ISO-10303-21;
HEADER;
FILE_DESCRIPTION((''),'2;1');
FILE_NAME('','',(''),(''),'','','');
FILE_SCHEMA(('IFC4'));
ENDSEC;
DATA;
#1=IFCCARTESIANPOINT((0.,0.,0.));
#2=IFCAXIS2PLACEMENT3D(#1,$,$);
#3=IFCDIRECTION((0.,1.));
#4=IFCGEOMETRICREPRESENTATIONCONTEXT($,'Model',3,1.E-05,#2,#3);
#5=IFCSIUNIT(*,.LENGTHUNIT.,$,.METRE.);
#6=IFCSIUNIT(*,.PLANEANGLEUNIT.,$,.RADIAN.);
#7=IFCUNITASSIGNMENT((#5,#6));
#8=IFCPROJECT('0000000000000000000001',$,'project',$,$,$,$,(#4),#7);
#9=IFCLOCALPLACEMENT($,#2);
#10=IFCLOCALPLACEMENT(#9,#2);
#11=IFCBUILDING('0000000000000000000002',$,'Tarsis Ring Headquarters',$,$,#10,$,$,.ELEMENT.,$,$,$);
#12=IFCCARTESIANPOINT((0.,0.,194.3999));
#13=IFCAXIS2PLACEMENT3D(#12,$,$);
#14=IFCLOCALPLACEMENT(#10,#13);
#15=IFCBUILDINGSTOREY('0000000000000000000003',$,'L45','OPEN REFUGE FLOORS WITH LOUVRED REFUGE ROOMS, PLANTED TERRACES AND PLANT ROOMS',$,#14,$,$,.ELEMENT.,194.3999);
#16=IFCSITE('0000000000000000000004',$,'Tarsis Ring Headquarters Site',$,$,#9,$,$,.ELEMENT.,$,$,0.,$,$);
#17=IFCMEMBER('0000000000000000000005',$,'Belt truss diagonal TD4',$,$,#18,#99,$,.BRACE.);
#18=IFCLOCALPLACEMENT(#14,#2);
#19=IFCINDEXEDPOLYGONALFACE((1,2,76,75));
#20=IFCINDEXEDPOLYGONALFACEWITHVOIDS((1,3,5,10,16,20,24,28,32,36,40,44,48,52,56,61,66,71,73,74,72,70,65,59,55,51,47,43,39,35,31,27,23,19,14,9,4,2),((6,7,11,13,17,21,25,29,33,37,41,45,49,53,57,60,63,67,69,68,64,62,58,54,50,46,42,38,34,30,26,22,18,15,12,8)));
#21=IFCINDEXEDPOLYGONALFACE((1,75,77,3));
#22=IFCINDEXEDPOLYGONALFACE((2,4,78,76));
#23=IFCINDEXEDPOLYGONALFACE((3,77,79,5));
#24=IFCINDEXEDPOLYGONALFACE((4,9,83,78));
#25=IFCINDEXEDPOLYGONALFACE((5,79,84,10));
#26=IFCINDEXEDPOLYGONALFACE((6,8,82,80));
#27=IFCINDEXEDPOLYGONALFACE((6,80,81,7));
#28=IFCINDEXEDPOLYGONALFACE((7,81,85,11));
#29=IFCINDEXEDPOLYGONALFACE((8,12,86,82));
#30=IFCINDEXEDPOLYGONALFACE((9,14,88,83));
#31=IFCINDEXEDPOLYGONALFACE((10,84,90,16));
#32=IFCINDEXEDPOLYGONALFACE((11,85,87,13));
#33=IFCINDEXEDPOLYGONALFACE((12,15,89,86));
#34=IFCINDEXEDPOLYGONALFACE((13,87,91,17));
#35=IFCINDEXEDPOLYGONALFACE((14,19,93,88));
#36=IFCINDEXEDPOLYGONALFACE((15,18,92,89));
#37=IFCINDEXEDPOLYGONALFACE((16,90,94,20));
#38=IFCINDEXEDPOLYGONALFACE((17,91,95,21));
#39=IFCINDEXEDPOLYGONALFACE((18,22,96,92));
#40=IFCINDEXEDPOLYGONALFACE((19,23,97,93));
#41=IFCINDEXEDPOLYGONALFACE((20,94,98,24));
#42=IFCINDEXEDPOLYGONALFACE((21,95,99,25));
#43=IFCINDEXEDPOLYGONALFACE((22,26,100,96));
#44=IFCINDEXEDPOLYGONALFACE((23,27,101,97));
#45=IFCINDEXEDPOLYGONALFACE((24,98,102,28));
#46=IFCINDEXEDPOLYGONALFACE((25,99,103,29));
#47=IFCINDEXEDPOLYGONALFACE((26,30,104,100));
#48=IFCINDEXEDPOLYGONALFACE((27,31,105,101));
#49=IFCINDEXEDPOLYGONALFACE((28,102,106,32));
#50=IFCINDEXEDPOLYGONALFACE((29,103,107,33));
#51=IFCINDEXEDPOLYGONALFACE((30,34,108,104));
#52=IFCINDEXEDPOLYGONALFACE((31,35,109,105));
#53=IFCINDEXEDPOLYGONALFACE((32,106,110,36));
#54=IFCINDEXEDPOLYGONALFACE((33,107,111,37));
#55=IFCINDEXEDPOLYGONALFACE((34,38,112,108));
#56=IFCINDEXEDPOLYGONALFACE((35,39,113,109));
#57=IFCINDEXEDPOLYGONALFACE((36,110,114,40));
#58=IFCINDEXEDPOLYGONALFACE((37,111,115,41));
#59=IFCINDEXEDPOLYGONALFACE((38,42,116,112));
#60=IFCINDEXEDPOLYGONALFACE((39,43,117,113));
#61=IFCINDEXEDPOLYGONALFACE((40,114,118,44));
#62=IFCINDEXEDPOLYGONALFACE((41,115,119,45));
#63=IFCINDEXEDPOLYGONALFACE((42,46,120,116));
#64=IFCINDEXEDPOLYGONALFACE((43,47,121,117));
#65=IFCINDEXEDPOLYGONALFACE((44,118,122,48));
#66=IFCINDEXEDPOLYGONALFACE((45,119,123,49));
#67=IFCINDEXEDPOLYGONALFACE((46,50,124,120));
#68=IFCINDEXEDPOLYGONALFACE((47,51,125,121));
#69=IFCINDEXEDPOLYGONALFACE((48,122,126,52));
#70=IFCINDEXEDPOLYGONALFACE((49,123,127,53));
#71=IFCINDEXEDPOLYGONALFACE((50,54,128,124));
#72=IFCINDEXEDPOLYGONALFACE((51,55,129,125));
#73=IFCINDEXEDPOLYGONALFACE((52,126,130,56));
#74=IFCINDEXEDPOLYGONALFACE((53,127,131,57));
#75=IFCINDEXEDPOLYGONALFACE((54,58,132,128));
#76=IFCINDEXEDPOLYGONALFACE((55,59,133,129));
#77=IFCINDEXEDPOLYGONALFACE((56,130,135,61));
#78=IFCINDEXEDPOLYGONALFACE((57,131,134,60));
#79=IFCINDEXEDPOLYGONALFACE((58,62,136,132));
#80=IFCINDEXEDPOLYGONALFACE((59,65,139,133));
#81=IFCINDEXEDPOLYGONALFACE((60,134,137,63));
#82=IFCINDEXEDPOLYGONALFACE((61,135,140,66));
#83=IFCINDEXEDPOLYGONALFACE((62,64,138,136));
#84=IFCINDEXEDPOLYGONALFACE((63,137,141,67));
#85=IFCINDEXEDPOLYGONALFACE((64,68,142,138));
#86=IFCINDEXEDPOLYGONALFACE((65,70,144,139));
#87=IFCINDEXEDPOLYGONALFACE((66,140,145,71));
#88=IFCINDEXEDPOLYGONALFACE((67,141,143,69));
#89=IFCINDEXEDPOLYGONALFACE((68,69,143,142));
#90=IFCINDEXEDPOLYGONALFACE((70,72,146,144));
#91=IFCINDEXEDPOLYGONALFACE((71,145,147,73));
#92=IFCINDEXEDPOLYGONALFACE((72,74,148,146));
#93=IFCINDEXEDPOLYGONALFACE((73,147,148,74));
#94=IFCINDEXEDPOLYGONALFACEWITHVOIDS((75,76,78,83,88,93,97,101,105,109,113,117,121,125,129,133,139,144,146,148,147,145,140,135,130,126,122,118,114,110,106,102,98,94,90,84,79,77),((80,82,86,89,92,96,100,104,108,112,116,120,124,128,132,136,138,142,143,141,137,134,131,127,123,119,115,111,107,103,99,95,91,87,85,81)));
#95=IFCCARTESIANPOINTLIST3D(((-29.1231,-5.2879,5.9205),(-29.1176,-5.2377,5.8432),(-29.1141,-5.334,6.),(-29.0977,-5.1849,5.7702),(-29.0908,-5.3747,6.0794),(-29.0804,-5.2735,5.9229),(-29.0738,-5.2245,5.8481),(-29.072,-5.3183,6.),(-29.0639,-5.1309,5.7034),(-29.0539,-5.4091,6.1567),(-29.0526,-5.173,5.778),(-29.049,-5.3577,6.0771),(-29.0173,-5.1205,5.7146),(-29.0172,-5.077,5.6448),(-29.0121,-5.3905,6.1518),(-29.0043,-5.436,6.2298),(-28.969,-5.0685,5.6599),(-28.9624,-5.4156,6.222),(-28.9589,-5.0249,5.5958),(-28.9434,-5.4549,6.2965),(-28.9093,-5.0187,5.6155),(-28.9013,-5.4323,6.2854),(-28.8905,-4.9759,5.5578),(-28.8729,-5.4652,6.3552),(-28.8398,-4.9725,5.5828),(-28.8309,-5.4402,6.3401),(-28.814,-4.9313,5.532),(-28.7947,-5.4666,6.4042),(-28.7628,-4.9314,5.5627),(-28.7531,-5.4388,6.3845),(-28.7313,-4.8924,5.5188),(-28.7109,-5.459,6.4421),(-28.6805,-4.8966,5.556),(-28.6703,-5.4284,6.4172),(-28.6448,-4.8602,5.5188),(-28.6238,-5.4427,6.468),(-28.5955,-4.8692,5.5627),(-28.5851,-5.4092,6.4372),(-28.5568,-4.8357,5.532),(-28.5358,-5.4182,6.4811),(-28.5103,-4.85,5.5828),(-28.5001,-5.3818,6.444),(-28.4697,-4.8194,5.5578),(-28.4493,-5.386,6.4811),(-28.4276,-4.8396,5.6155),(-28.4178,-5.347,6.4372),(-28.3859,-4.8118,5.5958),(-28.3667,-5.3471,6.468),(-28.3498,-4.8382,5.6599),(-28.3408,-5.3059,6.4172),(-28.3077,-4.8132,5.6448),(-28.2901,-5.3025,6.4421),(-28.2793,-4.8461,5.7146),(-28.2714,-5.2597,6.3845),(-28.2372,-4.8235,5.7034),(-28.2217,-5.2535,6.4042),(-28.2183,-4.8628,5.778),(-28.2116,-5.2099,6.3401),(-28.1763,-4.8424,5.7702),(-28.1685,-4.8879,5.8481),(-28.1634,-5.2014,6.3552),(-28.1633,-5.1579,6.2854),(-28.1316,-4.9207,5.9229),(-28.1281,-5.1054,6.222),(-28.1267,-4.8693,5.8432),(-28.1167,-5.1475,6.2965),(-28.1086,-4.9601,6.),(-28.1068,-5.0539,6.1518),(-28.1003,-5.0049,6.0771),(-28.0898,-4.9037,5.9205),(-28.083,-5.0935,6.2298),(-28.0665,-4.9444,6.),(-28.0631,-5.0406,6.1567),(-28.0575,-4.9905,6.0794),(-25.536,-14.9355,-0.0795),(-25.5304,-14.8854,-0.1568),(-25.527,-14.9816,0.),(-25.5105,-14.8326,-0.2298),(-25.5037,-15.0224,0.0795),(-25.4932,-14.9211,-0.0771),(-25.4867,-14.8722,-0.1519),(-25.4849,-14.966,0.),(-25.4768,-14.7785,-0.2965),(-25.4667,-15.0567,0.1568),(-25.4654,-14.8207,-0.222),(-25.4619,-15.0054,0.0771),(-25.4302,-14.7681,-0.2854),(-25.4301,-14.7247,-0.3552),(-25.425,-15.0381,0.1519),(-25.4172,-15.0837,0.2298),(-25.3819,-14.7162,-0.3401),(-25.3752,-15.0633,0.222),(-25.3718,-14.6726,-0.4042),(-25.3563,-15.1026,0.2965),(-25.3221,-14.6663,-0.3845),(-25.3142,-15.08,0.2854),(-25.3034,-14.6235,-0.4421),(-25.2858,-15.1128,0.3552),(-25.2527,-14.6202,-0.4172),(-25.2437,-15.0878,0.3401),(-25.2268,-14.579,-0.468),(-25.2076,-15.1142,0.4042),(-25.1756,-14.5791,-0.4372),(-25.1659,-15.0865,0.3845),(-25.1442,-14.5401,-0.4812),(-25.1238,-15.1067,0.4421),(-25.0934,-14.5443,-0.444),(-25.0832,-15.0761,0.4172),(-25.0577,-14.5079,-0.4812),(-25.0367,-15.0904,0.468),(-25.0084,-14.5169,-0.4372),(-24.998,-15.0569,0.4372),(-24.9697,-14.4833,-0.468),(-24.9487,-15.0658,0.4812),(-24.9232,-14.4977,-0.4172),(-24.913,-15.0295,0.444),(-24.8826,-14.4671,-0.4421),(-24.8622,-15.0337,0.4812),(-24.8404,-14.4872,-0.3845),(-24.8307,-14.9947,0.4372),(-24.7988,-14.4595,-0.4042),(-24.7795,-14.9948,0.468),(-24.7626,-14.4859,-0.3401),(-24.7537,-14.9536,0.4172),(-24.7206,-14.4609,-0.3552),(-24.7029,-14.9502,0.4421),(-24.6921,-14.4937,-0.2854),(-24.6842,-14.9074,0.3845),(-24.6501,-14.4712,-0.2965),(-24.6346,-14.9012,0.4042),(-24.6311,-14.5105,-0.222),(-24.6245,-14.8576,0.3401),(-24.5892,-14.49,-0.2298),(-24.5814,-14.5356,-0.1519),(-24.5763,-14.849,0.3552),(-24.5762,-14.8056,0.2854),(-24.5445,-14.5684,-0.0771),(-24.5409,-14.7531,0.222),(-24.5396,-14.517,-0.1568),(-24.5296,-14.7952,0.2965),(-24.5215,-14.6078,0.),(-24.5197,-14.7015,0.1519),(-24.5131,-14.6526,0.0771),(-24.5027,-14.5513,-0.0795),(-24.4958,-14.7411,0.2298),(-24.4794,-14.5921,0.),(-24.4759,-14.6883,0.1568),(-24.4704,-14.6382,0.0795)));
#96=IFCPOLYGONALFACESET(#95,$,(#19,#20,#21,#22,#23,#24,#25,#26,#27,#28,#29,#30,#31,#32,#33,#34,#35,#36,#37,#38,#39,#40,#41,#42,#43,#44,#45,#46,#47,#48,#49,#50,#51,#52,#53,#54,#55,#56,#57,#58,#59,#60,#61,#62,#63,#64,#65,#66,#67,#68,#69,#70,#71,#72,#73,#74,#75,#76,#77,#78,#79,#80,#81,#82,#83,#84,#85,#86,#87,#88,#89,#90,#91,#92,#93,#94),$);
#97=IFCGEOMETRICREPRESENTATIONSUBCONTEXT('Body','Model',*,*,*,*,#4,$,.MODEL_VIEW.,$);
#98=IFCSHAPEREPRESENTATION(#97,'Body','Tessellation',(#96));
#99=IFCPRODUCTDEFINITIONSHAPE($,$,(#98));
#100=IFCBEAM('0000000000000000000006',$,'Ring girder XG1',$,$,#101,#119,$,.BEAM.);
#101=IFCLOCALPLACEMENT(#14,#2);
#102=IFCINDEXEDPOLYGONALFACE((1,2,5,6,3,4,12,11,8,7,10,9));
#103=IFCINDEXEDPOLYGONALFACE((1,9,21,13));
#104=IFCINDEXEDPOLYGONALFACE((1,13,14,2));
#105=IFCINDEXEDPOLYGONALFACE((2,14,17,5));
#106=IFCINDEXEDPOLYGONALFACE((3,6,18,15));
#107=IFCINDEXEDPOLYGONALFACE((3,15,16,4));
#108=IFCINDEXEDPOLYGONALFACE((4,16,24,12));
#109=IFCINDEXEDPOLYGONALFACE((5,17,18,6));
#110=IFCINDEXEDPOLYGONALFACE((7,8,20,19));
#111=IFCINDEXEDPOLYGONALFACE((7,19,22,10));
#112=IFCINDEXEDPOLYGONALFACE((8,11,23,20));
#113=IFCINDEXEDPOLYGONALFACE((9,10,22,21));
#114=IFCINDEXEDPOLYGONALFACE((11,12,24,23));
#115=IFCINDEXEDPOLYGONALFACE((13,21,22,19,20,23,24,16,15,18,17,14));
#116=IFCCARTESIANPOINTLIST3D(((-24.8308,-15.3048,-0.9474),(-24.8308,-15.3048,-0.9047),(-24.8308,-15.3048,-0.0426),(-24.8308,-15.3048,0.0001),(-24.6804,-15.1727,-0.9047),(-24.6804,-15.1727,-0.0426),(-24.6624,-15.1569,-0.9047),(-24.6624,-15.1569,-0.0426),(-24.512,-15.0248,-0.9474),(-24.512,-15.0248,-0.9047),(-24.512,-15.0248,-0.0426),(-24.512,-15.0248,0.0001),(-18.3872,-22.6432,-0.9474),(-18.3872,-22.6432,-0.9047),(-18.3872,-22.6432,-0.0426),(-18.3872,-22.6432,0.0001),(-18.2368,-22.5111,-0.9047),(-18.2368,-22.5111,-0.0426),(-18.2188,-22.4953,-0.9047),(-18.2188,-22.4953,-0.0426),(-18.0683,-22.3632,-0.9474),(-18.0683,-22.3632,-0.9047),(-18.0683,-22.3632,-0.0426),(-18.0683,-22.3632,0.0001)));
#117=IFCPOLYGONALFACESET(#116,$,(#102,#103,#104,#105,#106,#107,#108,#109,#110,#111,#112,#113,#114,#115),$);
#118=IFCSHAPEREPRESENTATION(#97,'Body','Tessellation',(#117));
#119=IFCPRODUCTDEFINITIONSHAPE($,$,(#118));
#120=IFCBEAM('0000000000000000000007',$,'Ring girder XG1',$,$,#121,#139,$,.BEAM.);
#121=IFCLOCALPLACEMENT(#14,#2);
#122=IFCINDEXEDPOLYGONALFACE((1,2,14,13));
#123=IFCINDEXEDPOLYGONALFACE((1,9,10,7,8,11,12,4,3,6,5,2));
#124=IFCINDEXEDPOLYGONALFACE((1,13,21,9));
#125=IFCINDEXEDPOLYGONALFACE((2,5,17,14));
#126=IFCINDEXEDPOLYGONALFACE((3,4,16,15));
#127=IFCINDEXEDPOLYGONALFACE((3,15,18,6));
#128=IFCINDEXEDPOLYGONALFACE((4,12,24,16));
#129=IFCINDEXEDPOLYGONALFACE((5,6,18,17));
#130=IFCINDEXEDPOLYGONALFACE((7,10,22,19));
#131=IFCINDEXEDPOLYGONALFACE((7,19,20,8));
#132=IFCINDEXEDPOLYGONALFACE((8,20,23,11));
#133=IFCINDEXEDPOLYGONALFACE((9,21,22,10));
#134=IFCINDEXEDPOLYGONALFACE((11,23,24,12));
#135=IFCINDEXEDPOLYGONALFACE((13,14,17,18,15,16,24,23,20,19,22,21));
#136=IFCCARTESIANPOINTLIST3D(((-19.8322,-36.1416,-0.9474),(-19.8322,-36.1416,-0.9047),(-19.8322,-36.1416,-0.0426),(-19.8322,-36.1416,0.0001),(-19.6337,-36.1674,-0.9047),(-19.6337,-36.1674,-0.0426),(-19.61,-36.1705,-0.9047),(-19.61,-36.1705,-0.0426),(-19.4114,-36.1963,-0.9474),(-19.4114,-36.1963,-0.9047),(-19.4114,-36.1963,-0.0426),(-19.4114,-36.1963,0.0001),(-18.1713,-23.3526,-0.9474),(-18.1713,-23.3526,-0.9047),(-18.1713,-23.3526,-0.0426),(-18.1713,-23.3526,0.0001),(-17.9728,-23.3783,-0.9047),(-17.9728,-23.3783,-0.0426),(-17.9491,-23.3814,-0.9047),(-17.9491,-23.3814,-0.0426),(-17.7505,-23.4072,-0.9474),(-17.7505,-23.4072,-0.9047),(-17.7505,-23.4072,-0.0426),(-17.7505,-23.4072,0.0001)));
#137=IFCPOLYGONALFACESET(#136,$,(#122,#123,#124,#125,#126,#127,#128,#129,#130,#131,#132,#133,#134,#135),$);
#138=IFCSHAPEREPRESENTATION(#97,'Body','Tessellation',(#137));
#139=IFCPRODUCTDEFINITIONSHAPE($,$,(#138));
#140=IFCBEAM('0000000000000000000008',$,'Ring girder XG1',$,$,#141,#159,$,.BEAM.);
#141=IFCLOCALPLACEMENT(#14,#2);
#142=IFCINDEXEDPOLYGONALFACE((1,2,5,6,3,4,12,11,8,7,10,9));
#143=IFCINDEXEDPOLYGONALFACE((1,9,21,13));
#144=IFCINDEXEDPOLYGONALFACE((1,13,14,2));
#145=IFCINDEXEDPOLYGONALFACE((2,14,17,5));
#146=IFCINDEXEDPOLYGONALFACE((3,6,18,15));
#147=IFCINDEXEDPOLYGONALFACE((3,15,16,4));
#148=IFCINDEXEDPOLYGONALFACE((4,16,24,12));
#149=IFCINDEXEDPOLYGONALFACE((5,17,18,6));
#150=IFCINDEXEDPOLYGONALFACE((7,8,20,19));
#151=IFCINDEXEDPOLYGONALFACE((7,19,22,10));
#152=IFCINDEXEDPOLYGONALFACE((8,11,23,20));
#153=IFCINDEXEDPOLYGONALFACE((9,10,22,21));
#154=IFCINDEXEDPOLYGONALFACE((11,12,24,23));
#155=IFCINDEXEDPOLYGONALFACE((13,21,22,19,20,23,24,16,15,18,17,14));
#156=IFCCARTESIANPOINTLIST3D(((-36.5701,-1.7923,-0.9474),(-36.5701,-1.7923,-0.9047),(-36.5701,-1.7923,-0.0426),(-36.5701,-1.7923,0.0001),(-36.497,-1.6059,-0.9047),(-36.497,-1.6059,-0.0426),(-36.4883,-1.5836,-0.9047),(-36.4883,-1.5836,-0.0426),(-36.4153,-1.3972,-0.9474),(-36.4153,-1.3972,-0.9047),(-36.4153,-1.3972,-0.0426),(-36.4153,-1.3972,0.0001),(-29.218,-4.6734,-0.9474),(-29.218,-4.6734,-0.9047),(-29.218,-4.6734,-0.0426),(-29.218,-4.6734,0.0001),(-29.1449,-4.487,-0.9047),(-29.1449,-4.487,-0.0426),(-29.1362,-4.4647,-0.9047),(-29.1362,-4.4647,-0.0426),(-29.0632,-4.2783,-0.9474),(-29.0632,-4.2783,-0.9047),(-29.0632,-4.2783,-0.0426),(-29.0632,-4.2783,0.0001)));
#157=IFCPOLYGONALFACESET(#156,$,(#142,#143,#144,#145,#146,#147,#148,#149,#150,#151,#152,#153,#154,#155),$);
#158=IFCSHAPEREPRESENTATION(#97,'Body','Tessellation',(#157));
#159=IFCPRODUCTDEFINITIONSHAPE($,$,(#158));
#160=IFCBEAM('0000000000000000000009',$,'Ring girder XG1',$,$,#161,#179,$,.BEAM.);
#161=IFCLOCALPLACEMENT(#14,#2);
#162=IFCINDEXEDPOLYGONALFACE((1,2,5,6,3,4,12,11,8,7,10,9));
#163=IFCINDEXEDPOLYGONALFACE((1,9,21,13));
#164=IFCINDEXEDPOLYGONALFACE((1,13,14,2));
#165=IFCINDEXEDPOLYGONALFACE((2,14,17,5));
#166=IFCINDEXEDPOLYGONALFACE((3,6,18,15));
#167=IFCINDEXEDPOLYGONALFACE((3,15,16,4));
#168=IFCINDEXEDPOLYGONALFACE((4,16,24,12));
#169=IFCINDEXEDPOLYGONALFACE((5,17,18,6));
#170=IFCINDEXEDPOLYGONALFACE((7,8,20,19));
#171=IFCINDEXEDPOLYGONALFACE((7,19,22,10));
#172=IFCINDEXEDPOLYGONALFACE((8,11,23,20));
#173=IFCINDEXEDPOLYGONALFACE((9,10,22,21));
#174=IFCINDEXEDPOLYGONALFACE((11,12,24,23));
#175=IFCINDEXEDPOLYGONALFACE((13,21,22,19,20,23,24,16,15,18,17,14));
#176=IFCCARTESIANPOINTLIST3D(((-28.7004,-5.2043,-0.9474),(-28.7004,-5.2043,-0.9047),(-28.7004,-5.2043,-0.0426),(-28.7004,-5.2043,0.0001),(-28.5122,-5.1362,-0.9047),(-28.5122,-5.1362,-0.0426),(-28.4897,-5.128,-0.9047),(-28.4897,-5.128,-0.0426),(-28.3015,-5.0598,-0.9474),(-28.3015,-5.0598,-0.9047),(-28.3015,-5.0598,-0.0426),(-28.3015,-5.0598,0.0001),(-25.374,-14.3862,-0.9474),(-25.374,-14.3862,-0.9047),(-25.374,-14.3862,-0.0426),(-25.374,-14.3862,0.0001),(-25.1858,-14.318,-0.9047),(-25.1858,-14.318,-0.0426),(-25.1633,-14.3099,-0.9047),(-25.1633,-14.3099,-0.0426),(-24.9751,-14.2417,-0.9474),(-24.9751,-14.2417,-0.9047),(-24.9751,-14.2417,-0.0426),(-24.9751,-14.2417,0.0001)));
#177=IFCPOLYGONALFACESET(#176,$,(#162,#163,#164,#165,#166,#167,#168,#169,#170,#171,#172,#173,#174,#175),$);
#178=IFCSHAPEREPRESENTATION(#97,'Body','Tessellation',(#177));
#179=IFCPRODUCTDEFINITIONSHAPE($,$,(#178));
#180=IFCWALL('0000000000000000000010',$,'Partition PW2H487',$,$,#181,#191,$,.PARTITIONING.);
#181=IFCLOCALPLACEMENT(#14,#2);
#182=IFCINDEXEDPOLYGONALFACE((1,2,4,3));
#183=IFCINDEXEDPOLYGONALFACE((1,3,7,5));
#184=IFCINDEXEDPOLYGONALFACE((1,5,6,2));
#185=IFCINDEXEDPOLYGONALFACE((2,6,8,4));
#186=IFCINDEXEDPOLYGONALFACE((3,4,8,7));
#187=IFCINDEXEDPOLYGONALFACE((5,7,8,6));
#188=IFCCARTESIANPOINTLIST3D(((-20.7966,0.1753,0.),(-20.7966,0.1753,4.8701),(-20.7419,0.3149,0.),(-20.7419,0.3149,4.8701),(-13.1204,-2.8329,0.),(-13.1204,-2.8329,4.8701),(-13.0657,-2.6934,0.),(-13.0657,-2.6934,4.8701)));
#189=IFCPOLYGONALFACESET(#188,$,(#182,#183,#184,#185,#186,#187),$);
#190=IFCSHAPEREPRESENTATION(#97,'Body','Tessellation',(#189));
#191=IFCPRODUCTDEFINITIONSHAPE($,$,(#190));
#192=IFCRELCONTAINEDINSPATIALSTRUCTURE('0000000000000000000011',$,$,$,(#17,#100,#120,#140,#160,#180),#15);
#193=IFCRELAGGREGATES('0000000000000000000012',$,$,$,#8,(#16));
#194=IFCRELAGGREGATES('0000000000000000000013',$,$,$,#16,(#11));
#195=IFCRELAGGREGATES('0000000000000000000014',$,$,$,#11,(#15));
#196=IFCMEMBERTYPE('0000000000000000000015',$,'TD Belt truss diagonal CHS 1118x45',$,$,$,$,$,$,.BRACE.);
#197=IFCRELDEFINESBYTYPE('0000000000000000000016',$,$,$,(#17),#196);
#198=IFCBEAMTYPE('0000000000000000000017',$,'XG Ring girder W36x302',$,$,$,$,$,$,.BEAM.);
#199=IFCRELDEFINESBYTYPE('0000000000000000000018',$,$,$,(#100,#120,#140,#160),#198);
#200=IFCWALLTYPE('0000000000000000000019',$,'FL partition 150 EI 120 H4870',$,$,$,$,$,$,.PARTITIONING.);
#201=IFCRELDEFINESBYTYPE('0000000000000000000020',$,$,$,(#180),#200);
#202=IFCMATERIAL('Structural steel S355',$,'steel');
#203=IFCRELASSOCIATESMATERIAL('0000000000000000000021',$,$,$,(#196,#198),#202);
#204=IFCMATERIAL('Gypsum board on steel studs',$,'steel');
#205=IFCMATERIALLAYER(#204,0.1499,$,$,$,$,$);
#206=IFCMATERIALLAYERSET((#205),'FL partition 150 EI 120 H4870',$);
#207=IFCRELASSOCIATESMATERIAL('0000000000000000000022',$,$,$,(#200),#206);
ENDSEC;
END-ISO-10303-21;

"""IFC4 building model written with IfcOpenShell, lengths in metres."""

from ifc_helpers import new_model, si_unit, direction, frame, frame_2d, origin, origin_2d, place, context, subcontext, project, spatial, rectangle, hollow_circle, i_section, extrude, material, layer, layer_set, material_profile, profile_set, type_object, element, save


model = new_model("IFC4")

# Units and contexts
model_context = context("Model", 3, precision=1e-05, world=origin(), true_north=direction((0.0, 1.0)))
body_context = subcontext(model_context, "Body", "Model", "MODEL_VIEW")
ifc_project = project(units=[si_unit("LENGTHUNIT", "METRE"), si_unit("PLANEANGLEUNIT", "RADIAN")], contexts=[model_context])

# Site, building, storey
site_placement = place(None, origin())
site = spatial("IfcSite", under=ifc_project, at=site_placement, Name="Tarsis Ring Headquarters Site", CompositionType="ELEMENT", RefElevation=0.0)
building_placement = place(site_placement, origin())
building = spatial("IfcBuilding", under=site, at=building_placement, Name="Tarsis Ring Headquarters", CompositionType="ELEMENT")
storey_placement = place(building_placement, frame((0.0, 0.0, 194.3999)))
storey = spatial("IfcBuildingStorey", under=building, at=storey_placement, Name="L45", Description="OPEN REFUGE FLOORS WITH LOUVRED REFUGE ROOMS, PLANTED TERRACES AND PLANT ROOMS", CompositionType="ELEMENT", Elevation=194.3999)

# Shared definitions
ifc_material_1 = material(Name="Structural steel S355", Category="steel")
ifc_material_profile_1 = material_profile(ifc_material_1, hollow_circle(Radius=0.5588, WallThickness=0.0449, at=origin_2d()), Name="CHS 1118x45")
ifc_profile_set_1 = profile_set([ifc_material_profile_1], Name="Structural steel S355")

# Shared definitions
ifc_material_profile_2 = material_profile(ifc_material_1, i_section(OverallWidth=0.4243, OverallDepth=0.9475, WebThickness=0.0239, FlangeThickness=0.0427, at=origin_2d()), Name="W36x302")
ifc_profile_set_2 = profile_set([ifc_material_profile_2], Name="Structural steel S355")

# Member
member_type = type_object("IfcMemberType", Name="TD Belt truss diagonal CHS 1118x45", PredefinedType="BRACE", material=ifc_profile_set_1)
member_1_placement = place(storey_placement, frame((-25.0032, -14.7869, 0.0), z_axis=(-0.301085, 0.809772, 0.503605), x_axis=(-0.937307, -0.348505, 0.0)))
element("IfcMember", 1, at=member_1_placement, inside=storey, type_object=member_type, Name="Belt truss diagonal TD4", PredefinedType="BRACE", context=body_context, shape_type="SweptSolid", body=[
    extrude(hollow_circle(Radius=0.5588, WallThickness=0.0449, at=origin_2d()), origin(), (0.0, 0.0, 1.0), 11.9141),
])

# Beams
beam_type_1 = type_object("IfcBeamType", Name="XG Ring girder W36x302", PredefinedType="BEAM", material=ifc_profile_set_2)
beam_1_placement = place(storey_placement, frame((-24.6714, -15.1648, -0.4736), z_axis=(0.65981, -0.751433, 0.0), x_axis=(0.751433, 0.65981, 0.0)))
element("IfcBeam", 2, at=beam_1_placement, inside=storey, type_object=beam_type_1, Name="Ring girder XG1", PredefinedType="BEAM", context=body_context, shape_type="SweptSolid", body=[
    extrude(i_section(OverallWidth=0.4243, OverallDepth=0.9475, WebThickness=0.0239, FlangeThickness=0.0427, at=origin_2d()), origin(), (0.0, 0.0, 1.0), 9.7659),
])
beam_2_placement = place(storey_placement, frame((-17.9609, -23.3799, -0.4736), z_axis=(-0.128786, -0.991672, 0.0), x_axis=(0.991672, -0.128786, 0.0)))
element("IfcBeam", 3, at=beam_2_placement, inside=storey, type_object=beam_type_1, Name="Ring girder XG1", PredefinedType="BEAM", context=body_context, shape_type="SweptSolid", body=[
    extrude(i_section(OverallWidth=0.4243, OverallDepth=0.9475, WebThickness=0.0239, FlangeThickness=0.0427, at=origin_2d()), origin(), (0.0, 0.0, 1.0), 12.8965),
])
beam_3_placement = place(storey_placement, frame((-36.4927, -1.5947, -0.4736), z_axis=(0.931062, -0.364862, 0.0), x_axis=(0.364862, 0.931062, 0.0)))
element("IfcBeam", 4, at=beam_3_placement, inside=storey, type_object=beam_type_1, Name="Ring girder XG1", PredefinedType="BEAM", context=body_context, shape_type="SweptSolid", body=[
    extrude(i_section(OverallWidth=0.4243, OverallDepth=0.9475, WebThickness=0.0239, FlangeThickness=0.0427, at=origin_2d()), origin(), (0.0, 0.0, 1.0), 7.8965),
])
beam_4_placement = place(storey_placement, frame((-28.501, -5.1321, -0.4736), z_axis=(0.340617, -0.940202, 0.0), x_axis=(0.940202, 0.340617, 0.0)))
element("IfcBeam", 5, at=beam_4_placement, inside=storey, type_object=beam_type_1, Name="Ring girder XG1", PredefinedType="BEAM", context=body_context, shape_type="SweptSolid", body=[
    extrude(i_section(OverallWidth=0.4243, OverallDepth=0.9475, WebThickness=0.0239, FlangeThickness=0.0427, at=origin_2d()), origin(), (0.0, 0.0, 1.0), 9.7659),
])

# Wall
ifc_material_2 = material(Name="Gypsum board on steel studs", Category="steel")
ifc_layer = layer(ifc_material_2, 0.1499)
ifc_layer_set = layer_set([ifc_layer], Name="FL partition 150 EI 120 H4870")
wall_type = type_object("IfcWallType", Name="FL partition 150 EI 120 H4870", PredefinedType="PARTITIONING", material=ifc_layer_set)
wall_1_placement = place(storey_placement, frame((-20.7693, 0.2451, 0.0), z_axis=(0.0, 0.0, 1.0), x_axis=(0.931056, -0.364877, 0.0)))
element("IfcWall", 6, at=wall_1_placement, inside=storey, type_object=wall_type, Name="Partition PW2H487", PredefinedType="PARTITIONING", context=body_context, shape_type="SweptSolid", body=[
    extrude(rectangle(XDim=8.2446, YDim=0.1499, at=frame_2d((4.1223, 0.0))), origin(), (0.0, 0.0, 1.0), 4.8701),
])

save(model, "model.ifc")
